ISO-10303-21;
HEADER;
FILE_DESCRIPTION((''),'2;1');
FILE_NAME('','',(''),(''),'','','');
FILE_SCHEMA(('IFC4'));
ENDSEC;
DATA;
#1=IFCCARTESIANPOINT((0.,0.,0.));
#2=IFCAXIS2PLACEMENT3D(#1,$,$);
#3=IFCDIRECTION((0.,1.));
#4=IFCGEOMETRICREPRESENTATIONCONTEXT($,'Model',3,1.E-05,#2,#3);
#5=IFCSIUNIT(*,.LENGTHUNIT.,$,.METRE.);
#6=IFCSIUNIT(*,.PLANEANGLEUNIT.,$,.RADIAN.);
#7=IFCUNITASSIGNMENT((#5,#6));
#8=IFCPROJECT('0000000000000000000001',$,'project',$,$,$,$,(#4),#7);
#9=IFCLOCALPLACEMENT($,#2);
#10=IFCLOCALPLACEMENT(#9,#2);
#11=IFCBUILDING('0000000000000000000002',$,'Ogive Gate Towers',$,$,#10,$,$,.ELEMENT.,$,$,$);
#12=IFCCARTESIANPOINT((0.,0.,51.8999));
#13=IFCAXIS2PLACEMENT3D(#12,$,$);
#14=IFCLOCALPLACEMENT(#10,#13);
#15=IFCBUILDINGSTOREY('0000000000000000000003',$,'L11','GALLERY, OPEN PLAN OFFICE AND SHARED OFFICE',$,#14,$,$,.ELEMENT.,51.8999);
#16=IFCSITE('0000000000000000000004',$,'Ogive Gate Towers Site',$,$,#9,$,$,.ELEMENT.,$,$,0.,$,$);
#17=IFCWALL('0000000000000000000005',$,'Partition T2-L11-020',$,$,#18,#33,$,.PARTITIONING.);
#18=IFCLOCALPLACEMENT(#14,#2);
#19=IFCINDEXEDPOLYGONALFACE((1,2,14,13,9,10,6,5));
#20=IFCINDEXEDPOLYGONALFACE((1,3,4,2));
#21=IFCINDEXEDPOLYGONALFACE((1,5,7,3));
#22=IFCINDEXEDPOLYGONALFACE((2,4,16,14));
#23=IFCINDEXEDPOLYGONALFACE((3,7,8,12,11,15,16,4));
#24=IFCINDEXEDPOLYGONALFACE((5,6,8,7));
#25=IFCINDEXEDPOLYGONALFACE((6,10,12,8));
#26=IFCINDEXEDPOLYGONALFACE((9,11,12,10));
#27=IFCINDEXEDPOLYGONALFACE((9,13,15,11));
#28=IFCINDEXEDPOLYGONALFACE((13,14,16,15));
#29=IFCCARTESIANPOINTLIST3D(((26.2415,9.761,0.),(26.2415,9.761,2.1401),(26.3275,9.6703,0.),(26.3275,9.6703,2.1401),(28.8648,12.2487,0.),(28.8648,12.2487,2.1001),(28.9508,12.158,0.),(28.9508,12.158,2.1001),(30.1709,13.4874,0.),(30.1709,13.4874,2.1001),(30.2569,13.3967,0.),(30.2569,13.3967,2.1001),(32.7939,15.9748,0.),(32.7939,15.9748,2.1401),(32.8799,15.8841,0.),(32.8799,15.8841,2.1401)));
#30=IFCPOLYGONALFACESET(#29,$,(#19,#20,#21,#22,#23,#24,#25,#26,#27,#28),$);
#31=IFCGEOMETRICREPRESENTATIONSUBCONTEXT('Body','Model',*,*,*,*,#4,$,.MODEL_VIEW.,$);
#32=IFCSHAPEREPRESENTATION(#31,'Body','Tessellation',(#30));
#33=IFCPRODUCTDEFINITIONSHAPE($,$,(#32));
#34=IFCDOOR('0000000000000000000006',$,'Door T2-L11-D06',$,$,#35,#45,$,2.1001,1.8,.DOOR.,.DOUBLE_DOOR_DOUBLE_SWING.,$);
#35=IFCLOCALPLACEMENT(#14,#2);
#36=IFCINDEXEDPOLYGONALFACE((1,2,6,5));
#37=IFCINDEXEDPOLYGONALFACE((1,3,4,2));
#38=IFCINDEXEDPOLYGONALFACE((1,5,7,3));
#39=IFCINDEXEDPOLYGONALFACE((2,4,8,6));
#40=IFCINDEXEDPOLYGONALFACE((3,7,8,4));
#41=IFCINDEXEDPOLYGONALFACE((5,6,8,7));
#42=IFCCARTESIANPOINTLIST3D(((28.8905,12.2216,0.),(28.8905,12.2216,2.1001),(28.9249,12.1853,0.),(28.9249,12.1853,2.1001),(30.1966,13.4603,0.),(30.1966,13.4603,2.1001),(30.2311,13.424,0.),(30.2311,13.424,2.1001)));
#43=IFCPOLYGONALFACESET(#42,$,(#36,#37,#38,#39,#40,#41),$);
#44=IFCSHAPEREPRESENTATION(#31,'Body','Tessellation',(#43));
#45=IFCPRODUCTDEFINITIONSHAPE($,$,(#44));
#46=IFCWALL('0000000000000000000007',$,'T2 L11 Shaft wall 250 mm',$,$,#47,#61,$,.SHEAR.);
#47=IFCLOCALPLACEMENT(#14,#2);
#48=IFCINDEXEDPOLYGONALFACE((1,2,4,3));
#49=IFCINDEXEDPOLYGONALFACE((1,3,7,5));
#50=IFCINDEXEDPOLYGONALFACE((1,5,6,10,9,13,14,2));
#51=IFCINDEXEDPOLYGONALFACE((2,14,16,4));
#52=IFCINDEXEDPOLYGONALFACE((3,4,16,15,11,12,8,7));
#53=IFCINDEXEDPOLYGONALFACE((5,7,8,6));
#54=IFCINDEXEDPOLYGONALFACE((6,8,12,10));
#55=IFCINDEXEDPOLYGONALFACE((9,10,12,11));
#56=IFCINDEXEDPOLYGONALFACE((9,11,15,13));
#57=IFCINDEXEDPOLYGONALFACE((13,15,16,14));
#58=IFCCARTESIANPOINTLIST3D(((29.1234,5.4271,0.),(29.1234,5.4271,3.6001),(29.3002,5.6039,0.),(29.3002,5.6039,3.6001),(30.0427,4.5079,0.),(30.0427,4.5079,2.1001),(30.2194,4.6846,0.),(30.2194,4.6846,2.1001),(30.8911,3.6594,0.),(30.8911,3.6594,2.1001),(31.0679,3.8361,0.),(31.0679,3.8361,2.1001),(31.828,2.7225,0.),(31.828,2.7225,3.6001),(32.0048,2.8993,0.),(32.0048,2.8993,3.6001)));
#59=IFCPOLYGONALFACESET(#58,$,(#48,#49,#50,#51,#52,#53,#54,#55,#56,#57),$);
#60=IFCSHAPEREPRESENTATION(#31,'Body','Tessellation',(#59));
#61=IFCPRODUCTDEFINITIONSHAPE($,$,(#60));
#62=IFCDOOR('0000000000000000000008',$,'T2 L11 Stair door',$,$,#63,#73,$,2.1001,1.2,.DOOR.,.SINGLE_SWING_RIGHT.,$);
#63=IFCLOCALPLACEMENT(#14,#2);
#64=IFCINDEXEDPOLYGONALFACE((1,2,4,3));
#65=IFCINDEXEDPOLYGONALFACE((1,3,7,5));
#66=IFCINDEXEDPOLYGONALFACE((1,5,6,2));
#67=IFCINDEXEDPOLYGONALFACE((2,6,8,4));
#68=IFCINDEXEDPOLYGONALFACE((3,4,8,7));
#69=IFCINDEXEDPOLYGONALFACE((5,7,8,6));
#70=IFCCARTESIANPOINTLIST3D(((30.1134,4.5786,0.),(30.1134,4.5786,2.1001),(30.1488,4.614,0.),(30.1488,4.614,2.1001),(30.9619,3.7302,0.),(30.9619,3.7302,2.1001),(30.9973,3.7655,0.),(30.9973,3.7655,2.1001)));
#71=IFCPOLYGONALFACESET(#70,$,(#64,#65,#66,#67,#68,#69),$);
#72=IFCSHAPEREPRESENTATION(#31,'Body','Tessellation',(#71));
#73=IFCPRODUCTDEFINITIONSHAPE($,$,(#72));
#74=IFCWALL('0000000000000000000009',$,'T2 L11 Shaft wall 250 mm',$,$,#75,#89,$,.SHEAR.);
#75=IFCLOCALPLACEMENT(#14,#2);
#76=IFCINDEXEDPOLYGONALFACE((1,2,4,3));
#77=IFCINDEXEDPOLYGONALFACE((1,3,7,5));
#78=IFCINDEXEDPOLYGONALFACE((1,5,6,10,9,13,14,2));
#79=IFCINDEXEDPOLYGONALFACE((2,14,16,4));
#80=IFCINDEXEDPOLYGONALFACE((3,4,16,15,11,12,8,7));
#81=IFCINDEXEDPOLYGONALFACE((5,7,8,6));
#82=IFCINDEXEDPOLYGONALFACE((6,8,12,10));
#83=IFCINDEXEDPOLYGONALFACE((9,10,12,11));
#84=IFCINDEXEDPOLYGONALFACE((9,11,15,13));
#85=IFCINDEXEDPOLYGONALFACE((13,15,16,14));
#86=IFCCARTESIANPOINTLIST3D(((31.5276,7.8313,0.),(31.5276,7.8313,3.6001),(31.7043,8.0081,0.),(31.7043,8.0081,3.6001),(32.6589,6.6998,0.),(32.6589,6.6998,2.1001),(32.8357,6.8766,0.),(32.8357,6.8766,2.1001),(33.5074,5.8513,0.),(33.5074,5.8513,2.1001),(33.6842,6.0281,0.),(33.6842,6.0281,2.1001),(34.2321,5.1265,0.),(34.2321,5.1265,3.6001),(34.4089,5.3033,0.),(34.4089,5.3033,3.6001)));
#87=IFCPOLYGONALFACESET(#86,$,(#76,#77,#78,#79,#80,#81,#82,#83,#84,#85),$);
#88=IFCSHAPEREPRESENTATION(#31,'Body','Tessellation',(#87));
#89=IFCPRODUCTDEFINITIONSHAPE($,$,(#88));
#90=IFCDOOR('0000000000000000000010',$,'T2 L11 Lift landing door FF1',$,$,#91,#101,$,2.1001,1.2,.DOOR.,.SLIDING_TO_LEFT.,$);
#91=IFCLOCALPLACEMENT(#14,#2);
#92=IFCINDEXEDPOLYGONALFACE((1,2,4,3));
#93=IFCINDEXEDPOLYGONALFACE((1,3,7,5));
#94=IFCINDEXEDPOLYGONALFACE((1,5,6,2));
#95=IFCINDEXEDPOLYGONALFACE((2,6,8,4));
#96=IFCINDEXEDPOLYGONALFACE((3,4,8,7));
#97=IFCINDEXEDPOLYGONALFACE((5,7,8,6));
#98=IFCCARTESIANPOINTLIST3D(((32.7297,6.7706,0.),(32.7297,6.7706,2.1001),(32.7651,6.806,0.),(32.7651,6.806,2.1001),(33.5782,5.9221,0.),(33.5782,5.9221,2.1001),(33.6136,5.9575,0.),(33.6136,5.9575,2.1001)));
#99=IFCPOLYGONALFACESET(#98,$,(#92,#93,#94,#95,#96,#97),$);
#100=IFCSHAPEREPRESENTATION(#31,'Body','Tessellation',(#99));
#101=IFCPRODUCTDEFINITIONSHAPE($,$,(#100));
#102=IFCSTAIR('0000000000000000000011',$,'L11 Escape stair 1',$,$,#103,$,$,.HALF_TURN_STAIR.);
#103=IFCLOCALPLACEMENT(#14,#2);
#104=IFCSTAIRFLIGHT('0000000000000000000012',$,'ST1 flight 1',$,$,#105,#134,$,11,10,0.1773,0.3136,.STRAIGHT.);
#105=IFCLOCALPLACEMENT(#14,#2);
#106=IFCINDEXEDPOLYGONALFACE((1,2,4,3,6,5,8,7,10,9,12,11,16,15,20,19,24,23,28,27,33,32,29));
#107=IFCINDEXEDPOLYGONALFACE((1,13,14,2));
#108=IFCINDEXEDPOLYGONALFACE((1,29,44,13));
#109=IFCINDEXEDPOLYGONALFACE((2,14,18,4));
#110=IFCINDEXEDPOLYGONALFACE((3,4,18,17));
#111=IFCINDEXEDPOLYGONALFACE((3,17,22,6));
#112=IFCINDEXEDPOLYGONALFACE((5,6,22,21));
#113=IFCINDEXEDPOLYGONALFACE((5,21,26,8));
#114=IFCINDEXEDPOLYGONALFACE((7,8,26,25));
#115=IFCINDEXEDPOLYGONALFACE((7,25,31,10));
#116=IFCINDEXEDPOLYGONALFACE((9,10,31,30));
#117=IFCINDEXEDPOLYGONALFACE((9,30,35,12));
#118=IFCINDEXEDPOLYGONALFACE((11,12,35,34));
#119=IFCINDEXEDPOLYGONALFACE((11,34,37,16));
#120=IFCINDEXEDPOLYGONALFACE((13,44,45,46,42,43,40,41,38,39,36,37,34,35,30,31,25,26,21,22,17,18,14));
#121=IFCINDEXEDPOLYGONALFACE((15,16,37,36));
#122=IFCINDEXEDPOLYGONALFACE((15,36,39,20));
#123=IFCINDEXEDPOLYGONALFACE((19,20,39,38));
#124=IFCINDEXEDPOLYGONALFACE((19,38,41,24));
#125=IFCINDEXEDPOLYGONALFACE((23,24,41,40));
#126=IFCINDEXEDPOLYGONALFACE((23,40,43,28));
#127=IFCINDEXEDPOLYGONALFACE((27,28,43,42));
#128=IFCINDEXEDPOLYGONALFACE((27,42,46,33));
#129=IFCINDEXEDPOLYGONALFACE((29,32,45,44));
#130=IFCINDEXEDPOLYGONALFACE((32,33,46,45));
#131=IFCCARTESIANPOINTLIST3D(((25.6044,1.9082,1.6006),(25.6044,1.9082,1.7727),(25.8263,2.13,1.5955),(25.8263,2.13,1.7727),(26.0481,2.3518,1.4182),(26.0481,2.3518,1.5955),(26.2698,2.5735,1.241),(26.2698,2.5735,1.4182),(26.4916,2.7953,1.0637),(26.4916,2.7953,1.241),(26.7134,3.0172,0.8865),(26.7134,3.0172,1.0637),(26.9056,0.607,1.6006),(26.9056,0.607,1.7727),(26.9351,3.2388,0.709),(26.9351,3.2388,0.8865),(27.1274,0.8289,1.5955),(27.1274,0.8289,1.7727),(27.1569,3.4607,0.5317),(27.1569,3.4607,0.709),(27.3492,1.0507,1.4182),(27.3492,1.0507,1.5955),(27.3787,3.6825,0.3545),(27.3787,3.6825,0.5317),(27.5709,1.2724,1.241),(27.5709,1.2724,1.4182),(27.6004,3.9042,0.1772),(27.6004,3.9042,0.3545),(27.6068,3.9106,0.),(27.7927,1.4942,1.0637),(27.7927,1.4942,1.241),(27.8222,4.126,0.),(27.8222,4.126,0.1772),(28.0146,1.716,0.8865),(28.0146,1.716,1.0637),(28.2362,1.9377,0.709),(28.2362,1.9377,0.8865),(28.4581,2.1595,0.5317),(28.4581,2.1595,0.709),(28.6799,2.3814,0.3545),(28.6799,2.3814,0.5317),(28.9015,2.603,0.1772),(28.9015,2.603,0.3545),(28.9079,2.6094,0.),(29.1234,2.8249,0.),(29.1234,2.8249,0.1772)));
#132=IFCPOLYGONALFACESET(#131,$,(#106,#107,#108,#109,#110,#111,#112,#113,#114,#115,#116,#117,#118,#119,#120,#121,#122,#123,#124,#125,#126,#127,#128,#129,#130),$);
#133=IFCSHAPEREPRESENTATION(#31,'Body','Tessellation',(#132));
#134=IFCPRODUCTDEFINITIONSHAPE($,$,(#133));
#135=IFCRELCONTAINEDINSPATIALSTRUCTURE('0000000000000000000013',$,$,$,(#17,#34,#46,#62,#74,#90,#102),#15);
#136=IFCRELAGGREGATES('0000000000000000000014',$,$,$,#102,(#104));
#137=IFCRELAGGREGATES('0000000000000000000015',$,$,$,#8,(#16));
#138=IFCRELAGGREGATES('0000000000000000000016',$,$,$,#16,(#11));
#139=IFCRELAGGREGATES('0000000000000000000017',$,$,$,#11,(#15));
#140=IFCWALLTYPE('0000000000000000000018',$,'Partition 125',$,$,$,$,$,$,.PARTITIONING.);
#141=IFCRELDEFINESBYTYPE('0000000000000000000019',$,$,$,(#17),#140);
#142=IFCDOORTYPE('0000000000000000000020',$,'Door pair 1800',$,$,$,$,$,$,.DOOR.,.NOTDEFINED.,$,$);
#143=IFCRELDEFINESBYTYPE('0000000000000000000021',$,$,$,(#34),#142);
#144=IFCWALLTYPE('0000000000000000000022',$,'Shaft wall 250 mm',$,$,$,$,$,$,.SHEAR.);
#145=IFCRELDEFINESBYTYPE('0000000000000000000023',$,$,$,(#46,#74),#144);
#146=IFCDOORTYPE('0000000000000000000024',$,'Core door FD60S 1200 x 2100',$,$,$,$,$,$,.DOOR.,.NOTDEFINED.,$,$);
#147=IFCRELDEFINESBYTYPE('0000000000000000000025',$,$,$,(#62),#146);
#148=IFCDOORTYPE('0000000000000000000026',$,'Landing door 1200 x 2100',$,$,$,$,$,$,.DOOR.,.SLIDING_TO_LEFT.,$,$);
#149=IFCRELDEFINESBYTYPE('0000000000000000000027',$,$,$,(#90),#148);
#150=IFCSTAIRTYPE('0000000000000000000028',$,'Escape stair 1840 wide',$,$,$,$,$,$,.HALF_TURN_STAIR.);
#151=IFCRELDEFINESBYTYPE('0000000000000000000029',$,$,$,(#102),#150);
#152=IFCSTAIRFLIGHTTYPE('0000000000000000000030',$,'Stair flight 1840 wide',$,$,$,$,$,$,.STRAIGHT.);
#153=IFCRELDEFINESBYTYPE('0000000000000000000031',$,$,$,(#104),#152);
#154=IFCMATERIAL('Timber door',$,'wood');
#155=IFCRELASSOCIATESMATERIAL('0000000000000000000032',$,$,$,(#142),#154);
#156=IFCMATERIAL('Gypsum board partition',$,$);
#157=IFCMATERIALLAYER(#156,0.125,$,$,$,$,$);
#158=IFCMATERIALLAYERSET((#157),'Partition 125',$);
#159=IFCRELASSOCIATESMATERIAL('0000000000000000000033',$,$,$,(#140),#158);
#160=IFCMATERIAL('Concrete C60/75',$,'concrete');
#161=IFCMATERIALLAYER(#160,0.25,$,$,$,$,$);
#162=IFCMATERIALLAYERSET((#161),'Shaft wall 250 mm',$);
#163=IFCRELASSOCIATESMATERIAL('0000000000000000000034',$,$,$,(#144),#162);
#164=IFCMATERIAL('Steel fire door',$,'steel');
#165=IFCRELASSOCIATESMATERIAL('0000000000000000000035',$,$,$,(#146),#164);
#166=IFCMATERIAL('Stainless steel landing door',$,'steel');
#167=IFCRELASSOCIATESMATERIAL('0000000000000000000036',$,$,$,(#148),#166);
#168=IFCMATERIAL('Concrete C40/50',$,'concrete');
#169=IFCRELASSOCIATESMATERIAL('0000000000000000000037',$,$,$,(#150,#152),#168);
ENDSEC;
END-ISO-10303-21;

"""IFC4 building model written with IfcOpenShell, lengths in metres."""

from ifc_helpers import new_model, si_unit, direction, frame, frame_2d, origin, place, context, subcontext, project, spatial, polyline, rectangle, outline, extrude, material, layer, layer_set, type_object, element, fill, aggregate, save


model = new_model("IFC4")

# Units and contexts
model_context = context("Model", 3, precision=1e-05, world=origin(), true_north=direction((0.0, 1.0)))
body_context = subcontext(model_context, "Body", "Model", "MODEL_VIEW")
ifc_project = project(units=[si_unit("LENGTHUNIT", "METRE"), si_unit("PLANEANGLEUNIT", "RADIAN")], contexts=[model_context])

# Site, building, storey
site_placement = place(None, origin())
site = spatial("IfcSite", under=ifc_project, at=site_placement, Name="Ogive Gate Towers Site", CompositionType="ELEMENT", RefElevation=0.0)
building_placement = place(site_placement, origin())
building = spatial("IfcBuilding", under=site, at=building_placement, Name="Ogive Gate Towers", CompositionType="ELEMENT")
storey_placement = place(building_placement, frame((0.0, 0.0, 51.8999)))
storey = spatial("IfcBuildingStorey", under=building, at=storey_placement, Name="L11", Description="GALLERY, OPEN PLAN OFFICE AND SHARED OFFICE", CompositionType="ELEMENT", Elevation=51.8999)

# Walls, openings, doors
ifc_material_1 = material(Name="Timber door", Category="wood")
door_type_1 = type_object("IfcDoorType", Name="Door pair 1800", OperationType="NOTDEFINED", PredefinedType="DOOR", material=ifc_material_1)
ifc_material_2 = material(Name="Gypsum board partition")
ifc_layer_1 = layer(ifc_material_2, 0.125)
ifc_layer_set_1 = layer_set([ifc_layer_1], Name="Partition 125")
wall_type_1 = type_object("IfcWallType", Name="Partition 125", PredefinedType="PARTITIONING", material=ifc_layer_set_1)
wall_1_placement = place(storey_placement, frame((32.8369, 15.9294, 0.0), z_axis=(0.0, 0.0, 1.0), x_axis=(-0.725607, -0.688109, 0.0)))
wall_1 = element("IfcWall", 1, at=wall_1_placement, inside=storey, type_object=wall_type_1, Name="Partition T2-L11-020", PredefinedType="PARTITIONING", context=body_context, shape_type="SweptSolid", body=[
    extrude(rectangle(XDim=9.0303, YDim=0.125, at=frame_2d((4.5151, 0.0))), origin(), (0.0, 0.0, 1.0), 2.1401),
])
opening_1_placement = place(wall_1_placement, frame((3.615, 0.0, 0.0)))
opening_1 = element("IfcOpeningElement", 2, at=opening_1_placement, cuts=wall_1, PredefinedType="OPENING", context=body_context, shape_type="SweptSolid", body=[
    extrude(rectangle(XDim=1.8, YDim=2.1001, at=frame_2d((0.8999, 1.05))), frame((0.0, 0.0725, 0.0), z_axis=(0.0, -1.0, 0.0), x_axis=(1.0, 0.0, 0.0)), (0.0, 0.0, 1.0), 0.145),
])
door_1_placement = place(opening_1_placement, origin())
door_1 = element("IfcDoor", 3, at=door_1_placement, inside=storey, type_object=door_type_1, Name="Door T2-L11-D06", OperationType="DOUBLE_DOOR_DOUBLE_SWING", OverallHeight=2.1001, OverallWidth=1.8, PredefinedType="DOOR", context=body_context, shape_type="SweptSolid", body=[
    extrude(rectangle(XDim=1.8, YDim=2.1001, at=frame_2d((0.8999, 1.05))), frame((0.0, 0.0249, 0.0), z_axis=(0.0, -1.0, 0.0), x_axis=(1.0, 0.0, 0.0)), (0.0, 0.0, 1.0), 0.05),
])
fill(opening_1, door_1)
ifc_material_3 = material(Name="Concrete C60/75", Category="concrete")
ifc_layer_2 = layer(ifc_material_3, 0.25)
ifc_layer_set_2 = layer_set([ifc_layer_2], Name="Shaft wall 250 mm")
wall_type_2 = type_object("IfcWallType", Name="Shaft wall 250 mm", PredefinedType="SHEAR", material=ifc_layer_set_2)
wall_2_placement = place(storey_placement, frame((31.9165, 2.8108, 0.0), z_axis=(0.0, 0.0, 1.0), x_axis=(-0.707107, 0.707107, 0.0)))
wall_2 = element("IfcWall", 4, at=wall_2_placement, inside=storey, type_object=wall_type_2, Name="T2 L11 Shaft wall 250 mm", PredefinedType="SHEAR", context=body_context, shape_type="SweptSolid", body=[
    extrude(rectangle(XDim=3.825, YDim=0.25, at=frame_2d((1.9126, 0.0))), origin(), (0.0, 0.0, 1.0), 3.6001),
])
opening_2_placement = place(wall_2_placement, frame((1.325, 0.0, 0.0)))
opening_2 = element("IfcOpeningElement", 5, at=opening_2_placement, cuts=wall_2, PredefinedType="OPENING", context=body_context, shape_type="SweptSolid", body=[
    extrude(rectangle(XDim=1.2, YDim=2.1001, at=frame_2d((0.6001, 1.05))), frame((0.0, 0.135, 0.0), z_axis=(0.0, -1.0, 0.0), x_axis=(1.0, 0.0, 0.0)), (0.0, 0.0, 1.0), 0.27),
])
ifc_material_4 = material(Name="Steel fire door", Category="steel")
door_type_2 = type_object("IfcDoorType", Name="Core door FD60S 1200 x 2100", OperationType="NOTDEFINED", PredefinedType="DOOR", material=ifc_material_4)
door_2_placement = place(opening_2_placement, origin())
door_2 = element("IfcDoor", 6, at=door_2_placement, inside=storey, type_object=door_type_2, Name="T2 L11 Stair door", OperationType="SINGLE_SWING_RIGHT", OverallHeight=2.1001, OverallWidth=1.2, PredefinedType="DOOR", context=body_context, shape_type="SweptSolid", body=[
    extrude(rectangle(XDim=1.2, YDim=2.1001, at=frame_2d((0.6001, 1.05))), frame((0.0, 0.0249, 0.0), z_axis=(0.0, -1.0, 0.0), x_axis=(1.0, 0.0, 0.0)), (0.0, 0.0, 1.0), 0.05),
])
fill(opening_2, door_2)
wall_3_placement = place(storey_placement, frame((34.3206, 5.2148, 0.0), z_axis=(0.0, 0.0, 1.0), x_axis=(-0.707075, 0.707139, 0.0)))
wall_3 = element("IfcWall", 7, at=wall_3_placement, inside=storey, type_object=wall_type_2, Name="T2 L11 Shaft wall 250 mm", PredefinedType="SHEAR", context=body_context, shape_type="SweptSolid", body=[
    extrude(rectangle(XDim=3.825, YDim=0.25, at=frame_2d((1.9126, 0.0))), origin(), (0.0, 0.0, 1.0), 3.6001),
])
opening_3_placement = place(wall_3_placement, frame((1.0249, 0.0, 0.0)))
opening_3 = element("IfcOpeningElement", 8, at=opening_3_placement, cuts=wall_3, PredefinedType="OPENING", context=body_context, shape_type="SweptSolid", body=[
    extrude(rectangle(XDim=1.2, YDim=2.1001, at=frame_2d((0.6001, 1.05))), frame((0.0, 0.135, 0.0), z_axis=(0.0, -1.0, 0.0), x_axis=(1.0, 0.0, 0.0)), (0.0, 0.0, 1.0), 0.27),
])
ifc_material_5 = material(Name="Stainless steel landing door", Category="steel")
door_type_3 = type_object("IfcDoorType", Name="Landing door 1200 x 2100", OperationType="SLIDING_TO_LEFT", PredefinedType="DOOR", material=ifc_material_5)
door_3_placement = place(opening_3_placement, origin())
door_3 = element("IfcDoor", 9, at=door_3_placement, inside=storey, type_object=door_type_3, Name="T2 L11 Lift landing door FF1", OperationType="SLIDING_TO_LEFT", OverallHeight=2.1001, OverallWidth=1.2, PredefinedType="DOOR", context=body_context, shape_type="SweptSolid", body=[
    extrude(rectangle(XDim=1.2, YDim=2.1001, at=frame_2d((0.6001, 1.05))), frame((0.0, 0.0249, 0.0), z_axis=(0.0, -1.0, 0.0), x_axis=(1.0, 0.0, 0.0)), (0.0, 0.0, 1.0), 0.05),
])
fill(opening_3, door_3)

# Stair, stair flight
ifc_material_6 = material(Name="Concrete C40/50", Category="concrete")
stair_type = type_object("IfcStairType", Name="Escape stair 1840 wide", PredefinedType="HALF_TURN_STAIR", material=ifc_material_6)
stair_placement = place(storey_placement, origin())
stair = element("IfcStair", 10, at=stair_placement, inside=storey, type_object=stair_type, Name="L11 Escape stair 1", PredefinedType="HALF_TURN_STAIR")
stair_flight_type = type_object("IfcStairFlightType", Name="Stair flight 1840 wide", PredefinedType="STRAIGHT", material=ifc_material_6)
stair_flight_placement = place(storey_placement, frame((28.4729, 3.4753, 0.0), z_axis=(0.0, 0.0, 1.0), x_axis=(-0.707107, -0.707107, 0.0)))
stair_flight = element("IfcStairFlight", 11, at=stair_flight_placement, type_object=stair_flight_type, Name="ST1 flight 1", NumberOfRisers=11, NumberOfTreads=10, PredefinedType="STRAIGHT", RiserHeight=0.1773, TreadLength=0.3136, context=body_context, shape_type="SweptSolid", body=[
    extrude(outline(polyline([(0.0, 0.0), (0.0, 0.1772), (0.3137, 0.1772), (0.3137, 0.3545), (0.6272, 0.3545), (0.6272, 0.5317), (0.9409, 0.5317), (0.9409, 0.709), (1.2546, 0.709), (1.2546, 0.8865), (1.5681, 0.8865), (1.5681, 1.0637), (1.8818, 1.0637), (1.8818, 1.241), (2.1956, 1.241), (2.1956, 1.4182), (2.509, 1.4182), (2.509, 1.5955), (2.8228, 1.5955), (2.8228, 1.7727), (3.1365, 1.7727), (3.1365, 1.95), (3.1365, 1.6006), (0.3047, 0.0), (0.0, 0.0)])), frame((0.0, 0.9199, 0.0), z_axis=(0.0, -1.0, 0.0), x_axis=(1.0, 0.0, 0.0)), (0.0, 0.0, 1.0), 1.8401),
])
aggregate(stair, [stair_flight])

save(model, "model.ifc")
